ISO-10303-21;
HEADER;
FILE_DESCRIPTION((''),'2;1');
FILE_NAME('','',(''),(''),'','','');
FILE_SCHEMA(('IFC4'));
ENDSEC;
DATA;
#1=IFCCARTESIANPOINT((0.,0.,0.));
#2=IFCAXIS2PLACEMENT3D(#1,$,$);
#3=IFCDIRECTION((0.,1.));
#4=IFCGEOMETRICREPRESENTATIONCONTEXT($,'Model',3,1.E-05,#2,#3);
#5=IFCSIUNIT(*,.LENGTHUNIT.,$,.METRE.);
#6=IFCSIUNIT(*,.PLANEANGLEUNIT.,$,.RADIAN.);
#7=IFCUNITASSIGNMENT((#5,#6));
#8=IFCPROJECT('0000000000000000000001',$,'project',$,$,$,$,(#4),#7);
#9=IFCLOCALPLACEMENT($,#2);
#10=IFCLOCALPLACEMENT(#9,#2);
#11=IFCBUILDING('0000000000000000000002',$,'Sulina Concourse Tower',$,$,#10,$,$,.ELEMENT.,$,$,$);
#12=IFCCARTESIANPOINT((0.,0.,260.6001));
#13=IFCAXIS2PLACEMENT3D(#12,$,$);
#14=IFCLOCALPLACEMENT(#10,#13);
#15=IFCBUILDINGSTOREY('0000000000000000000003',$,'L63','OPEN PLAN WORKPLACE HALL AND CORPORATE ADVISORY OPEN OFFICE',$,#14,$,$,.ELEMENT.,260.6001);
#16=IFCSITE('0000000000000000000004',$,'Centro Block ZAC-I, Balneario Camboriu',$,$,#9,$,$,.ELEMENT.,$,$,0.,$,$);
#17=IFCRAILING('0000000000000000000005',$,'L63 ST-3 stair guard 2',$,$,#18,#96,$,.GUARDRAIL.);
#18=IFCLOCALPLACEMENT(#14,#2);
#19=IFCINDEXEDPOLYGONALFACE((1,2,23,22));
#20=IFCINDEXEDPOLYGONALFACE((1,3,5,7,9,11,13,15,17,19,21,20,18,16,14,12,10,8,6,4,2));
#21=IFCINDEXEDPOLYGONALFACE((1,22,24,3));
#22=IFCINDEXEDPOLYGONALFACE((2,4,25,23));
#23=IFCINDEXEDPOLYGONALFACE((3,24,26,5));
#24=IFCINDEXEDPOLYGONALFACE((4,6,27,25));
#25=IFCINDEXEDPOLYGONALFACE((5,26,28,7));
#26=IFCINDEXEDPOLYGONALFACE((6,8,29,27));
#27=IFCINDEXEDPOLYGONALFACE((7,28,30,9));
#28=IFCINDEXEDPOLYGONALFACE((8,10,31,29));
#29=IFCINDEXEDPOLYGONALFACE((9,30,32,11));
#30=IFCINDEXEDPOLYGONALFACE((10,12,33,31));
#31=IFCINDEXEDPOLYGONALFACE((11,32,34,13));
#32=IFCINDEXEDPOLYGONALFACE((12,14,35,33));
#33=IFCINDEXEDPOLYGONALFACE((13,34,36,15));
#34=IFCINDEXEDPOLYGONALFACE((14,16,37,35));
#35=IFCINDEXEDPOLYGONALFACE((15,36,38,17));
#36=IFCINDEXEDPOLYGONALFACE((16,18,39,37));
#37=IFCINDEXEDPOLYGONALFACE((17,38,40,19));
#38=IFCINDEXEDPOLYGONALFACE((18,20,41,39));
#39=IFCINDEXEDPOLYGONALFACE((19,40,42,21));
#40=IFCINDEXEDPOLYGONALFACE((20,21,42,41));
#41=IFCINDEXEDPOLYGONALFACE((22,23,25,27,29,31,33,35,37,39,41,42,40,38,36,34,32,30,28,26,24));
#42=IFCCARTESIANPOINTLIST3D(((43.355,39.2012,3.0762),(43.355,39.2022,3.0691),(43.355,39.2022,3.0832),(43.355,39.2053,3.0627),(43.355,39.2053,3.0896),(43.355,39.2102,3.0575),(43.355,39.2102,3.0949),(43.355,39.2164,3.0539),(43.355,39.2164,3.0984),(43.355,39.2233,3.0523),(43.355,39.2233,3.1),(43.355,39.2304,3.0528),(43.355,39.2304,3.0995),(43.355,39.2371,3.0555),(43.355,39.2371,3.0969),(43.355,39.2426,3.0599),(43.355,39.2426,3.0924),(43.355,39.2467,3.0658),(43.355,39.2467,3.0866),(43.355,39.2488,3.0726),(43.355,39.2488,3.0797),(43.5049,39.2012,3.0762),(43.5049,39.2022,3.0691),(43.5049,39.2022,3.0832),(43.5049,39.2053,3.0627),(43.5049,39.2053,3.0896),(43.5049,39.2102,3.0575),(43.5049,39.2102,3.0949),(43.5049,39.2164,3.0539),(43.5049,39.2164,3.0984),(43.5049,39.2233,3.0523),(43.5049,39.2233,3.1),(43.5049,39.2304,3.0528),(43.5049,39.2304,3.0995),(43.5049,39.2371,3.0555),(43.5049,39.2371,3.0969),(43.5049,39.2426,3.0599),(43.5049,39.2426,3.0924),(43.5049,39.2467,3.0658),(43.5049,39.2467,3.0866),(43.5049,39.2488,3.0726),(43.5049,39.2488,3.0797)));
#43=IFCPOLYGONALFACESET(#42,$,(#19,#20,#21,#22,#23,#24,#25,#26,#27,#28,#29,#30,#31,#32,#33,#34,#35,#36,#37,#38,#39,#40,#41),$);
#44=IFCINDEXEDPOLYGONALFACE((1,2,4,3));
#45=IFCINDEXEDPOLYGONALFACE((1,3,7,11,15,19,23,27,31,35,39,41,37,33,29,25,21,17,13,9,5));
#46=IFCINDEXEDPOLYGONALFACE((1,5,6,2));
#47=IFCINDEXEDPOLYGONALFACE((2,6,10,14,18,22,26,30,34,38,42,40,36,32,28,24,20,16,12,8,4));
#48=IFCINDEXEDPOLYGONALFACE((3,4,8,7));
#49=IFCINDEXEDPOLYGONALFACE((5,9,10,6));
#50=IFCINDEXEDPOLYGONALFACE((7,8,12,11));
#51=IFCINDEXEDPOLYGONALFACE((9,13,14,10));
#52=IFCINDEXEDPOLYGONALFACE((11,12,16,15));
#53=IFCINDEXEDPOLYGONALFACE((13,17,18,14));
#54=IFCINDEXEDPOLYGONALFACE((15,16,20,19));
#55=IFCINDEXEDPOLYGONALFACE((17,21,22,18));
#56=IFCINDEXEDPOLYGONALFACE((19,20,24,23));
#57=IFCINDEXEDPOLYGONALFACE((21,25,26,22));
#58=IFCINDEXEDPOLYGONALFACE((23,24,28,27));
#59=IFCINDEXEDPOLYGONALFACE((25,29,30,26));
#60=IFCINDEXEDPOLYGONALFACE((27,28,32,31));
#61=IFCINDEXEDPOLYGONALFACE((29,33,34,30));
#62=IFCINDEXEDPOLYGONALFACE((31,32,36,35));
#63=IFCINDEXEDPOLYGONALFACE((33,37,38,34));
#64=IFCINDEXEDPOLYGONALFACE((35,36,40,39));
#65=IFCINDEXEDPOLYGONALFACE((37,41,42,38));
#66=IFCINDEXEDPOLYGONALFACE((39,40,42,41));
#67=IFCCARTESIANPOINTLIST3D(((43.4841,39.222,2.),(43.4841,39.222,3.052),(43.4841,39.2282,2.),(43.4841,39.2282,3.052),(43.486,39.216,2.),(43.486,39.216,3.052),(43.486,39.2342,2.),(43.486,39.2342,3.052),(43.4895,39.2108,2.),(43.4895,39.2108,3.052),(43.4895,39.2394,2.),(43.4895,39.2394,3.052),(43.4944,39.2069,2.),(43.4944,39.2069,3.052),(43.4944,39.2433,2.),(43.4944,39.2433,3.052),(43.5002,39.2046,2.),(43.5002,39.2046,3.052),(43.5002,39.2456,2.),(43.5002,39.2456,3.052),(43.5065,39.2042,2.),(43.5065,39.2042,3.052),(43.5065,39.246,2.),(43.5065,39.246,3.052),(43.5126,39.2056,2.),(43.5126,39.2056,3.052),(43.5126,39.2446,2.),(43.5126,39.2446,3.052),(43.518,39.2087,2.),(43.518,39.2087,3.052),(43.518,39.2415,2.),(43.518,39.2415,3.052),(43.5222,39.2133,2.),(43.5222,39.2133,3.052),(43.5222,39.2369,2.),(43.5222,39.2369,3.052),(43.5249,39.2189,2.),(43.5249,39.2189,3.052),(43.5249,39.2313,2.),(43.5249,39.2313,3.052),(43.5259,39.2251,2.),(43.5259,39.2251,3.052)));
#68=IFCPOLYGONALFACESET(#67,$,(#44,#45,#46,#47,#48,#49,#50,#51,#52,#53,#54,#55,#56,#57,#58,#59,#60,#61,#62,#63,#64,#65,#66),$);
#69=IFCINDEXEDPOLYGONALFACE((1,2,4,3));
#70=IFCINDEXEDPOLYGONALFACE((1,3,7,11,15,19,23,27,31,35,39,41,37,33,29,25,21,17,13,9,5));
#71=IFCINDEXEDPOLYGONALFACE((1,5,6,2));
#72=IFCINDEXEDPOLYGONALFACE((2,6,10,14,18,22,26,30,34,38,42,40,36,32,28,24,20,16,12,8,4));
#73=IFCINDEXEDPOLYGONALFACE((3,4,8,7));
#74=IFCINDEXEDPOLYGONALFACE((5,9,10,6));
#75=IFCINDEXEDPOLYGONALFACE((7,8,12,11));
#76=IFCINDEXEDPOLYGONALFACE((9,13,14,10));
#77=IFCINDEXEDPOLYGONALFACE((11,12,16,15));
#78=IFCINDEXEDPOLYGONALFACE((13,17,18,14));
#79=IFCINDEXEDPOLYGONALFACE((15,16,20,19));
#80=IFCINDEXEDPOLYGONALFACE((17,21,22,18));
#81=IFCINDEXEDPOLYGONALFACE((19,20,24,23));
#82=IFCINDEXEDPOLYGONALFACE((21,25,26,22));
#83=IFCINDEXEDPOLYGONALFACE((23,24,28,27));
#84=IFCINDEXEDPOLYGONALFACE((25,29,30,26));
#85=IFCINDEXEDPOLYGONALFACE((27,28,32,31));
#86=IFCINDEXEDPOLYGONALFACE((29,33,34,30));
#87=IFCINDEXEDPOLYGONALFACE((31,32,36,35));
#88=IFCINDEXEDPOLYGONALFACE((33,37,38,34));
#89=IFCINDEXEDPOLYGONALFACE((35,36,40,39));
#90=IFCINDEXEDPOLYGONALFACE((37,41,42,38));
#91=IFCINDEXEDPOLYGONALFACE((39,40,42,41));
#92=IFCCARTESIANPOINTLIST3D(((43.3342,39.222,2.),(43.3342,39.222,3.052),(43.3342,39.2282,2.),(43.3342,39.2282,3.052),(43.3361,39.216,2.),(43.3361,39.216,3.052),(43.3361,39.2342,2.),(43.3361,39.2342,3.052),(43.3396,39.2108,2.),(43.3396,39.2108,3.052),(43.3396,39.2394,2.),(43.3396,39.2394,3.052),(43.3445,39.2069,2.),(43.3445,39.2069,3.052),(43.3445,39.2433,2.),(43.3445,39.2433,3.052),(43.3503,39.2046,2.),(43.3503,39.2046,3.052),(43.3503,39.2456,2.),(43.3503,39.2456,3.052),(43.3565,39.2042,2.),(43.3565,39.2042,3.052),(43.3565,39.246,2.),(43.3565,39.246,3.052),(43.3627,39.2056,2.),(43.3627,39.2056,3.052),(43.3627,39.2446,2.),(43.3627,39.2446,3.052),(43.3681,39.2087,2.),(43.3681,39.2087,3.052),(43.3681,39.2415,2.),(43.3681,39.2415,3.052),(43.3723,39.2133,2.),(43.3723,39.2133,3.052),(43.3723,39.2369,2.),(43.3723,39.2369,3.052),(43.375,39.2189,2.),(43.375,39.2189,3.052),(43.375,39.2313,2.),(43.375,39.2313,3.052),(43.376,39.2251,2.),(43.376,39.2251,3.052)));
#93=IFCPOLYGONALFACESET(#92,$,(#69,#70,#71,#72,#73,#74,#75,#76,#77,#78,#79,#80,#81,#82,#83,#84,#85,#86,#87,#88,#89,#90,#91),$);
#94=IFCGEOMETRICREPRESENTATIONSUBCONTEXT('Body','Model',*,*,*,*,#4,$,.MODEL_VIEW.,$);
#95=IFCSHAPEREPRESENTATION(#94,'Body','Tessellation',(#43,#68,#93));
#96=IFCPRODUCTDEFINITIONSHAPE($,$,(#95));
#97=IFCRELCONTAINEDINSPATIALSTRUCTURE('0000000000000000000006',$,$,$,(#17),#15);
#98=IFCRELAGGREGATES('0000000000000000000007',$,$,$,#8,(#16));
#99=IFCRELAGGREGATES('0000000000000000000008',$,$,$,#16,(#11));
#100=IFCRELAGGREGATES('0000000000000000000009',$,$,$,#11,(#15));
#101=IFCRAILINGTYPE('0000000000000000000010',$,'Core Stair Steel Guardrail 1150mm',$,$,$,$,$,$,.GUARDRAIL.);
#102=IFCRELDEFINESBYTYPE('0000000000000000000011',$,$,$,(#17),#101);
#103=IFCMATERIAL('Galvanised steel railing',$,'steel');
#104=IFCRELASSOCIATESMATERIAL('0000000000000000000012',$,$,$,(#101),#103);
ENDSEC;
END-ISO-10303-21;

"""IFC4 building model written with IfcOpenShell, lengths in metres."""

from ifc_helpers import new_model, si_unit, direction, frame, origin, origin_2d, place, context, subcontext, project, spatial, circle, extrude, material, type_object, element, save


model = new_model("IFC4")

# Units and contexts
model_context = context("Model", 3, precision=1e-05, world=origin(), true_north=direction((0.0, 1.0)))
body_context = subcontext(model_context, "Body", "Model", "MODEL_VIEW")
ifc_project = project(units=[si_unit("LENGTHUNIT", "METRE"), si_unit("PLANEANGLEUNIT", "RADIAN")], contexts=[model_context])

# Site, building, storey
site_placement = place(None, origin())
site = spatial("IfcSite", under=ifc_project, at=site_placement, Name="Centro Block ZAC-I, Balneario Camboriu", CompositionType="ELEMENT", RefElevation=0.0)
building_placement = place(site_placement, origin())
building = spatial("IfcBuilding", under=site, at=building_placement, Name="Sulina Concourse Tower", CompositionType="ELEMENT")
storey_placement = place(building_placement, frame((0.0, 0.0, 260.6001)))
storey = spatial("IfcBuildingStorey", under=building, at=storey_placement, Name="L63", Description="OPEN PLAN WORKPLACE HALL AND CORPORATE ADVISORY OPEN OFFICE", CompositionType="ELEMENT", Elevation=260.6001)

# Railing
ifc_material_1 = material(Name="Galvanised steel railing", Category="steel")
railing_type_1 = type_object("IfcRailingType", Name="Core Stair Steel Guardrail 1150mm", PredefinedType="GUARDRAIL", material=ifc_material_1)
railing_1_placement = place(storey_placement, frame((43.5049, 39.2251, 2.0)))
element("IfcRailing", 1, at=railing_1_placement, inside=storey, type_object=railing_type_1, Name="L63 ST-3 stair guard 2", PredefinedType="GUARDRAIL", context=body_context, shape_type="SweptSolid", body=[
    extrude(circle(Radius=0.0239, at=origin_2d()), frame((0.0, 0.0, 1.0762), z_axis=(-1.0, 0.0, 0.0), x_axis=(0.0, -1.0, 0.0)), (0.0, 0.0, 1.0), 0.1499),
    extrude(circle(Radius=0.021, at=origin_2d()), origin(), (0.0, 0.0, 1.0), 1.052),
    extrude(circle(Radius=0.021, at=origin_2d()), frame((-0.1499, 0.0, 0.0)), (0.0, 0.0, 1.0), 1.052),
])

save(model, "model.ifc")
